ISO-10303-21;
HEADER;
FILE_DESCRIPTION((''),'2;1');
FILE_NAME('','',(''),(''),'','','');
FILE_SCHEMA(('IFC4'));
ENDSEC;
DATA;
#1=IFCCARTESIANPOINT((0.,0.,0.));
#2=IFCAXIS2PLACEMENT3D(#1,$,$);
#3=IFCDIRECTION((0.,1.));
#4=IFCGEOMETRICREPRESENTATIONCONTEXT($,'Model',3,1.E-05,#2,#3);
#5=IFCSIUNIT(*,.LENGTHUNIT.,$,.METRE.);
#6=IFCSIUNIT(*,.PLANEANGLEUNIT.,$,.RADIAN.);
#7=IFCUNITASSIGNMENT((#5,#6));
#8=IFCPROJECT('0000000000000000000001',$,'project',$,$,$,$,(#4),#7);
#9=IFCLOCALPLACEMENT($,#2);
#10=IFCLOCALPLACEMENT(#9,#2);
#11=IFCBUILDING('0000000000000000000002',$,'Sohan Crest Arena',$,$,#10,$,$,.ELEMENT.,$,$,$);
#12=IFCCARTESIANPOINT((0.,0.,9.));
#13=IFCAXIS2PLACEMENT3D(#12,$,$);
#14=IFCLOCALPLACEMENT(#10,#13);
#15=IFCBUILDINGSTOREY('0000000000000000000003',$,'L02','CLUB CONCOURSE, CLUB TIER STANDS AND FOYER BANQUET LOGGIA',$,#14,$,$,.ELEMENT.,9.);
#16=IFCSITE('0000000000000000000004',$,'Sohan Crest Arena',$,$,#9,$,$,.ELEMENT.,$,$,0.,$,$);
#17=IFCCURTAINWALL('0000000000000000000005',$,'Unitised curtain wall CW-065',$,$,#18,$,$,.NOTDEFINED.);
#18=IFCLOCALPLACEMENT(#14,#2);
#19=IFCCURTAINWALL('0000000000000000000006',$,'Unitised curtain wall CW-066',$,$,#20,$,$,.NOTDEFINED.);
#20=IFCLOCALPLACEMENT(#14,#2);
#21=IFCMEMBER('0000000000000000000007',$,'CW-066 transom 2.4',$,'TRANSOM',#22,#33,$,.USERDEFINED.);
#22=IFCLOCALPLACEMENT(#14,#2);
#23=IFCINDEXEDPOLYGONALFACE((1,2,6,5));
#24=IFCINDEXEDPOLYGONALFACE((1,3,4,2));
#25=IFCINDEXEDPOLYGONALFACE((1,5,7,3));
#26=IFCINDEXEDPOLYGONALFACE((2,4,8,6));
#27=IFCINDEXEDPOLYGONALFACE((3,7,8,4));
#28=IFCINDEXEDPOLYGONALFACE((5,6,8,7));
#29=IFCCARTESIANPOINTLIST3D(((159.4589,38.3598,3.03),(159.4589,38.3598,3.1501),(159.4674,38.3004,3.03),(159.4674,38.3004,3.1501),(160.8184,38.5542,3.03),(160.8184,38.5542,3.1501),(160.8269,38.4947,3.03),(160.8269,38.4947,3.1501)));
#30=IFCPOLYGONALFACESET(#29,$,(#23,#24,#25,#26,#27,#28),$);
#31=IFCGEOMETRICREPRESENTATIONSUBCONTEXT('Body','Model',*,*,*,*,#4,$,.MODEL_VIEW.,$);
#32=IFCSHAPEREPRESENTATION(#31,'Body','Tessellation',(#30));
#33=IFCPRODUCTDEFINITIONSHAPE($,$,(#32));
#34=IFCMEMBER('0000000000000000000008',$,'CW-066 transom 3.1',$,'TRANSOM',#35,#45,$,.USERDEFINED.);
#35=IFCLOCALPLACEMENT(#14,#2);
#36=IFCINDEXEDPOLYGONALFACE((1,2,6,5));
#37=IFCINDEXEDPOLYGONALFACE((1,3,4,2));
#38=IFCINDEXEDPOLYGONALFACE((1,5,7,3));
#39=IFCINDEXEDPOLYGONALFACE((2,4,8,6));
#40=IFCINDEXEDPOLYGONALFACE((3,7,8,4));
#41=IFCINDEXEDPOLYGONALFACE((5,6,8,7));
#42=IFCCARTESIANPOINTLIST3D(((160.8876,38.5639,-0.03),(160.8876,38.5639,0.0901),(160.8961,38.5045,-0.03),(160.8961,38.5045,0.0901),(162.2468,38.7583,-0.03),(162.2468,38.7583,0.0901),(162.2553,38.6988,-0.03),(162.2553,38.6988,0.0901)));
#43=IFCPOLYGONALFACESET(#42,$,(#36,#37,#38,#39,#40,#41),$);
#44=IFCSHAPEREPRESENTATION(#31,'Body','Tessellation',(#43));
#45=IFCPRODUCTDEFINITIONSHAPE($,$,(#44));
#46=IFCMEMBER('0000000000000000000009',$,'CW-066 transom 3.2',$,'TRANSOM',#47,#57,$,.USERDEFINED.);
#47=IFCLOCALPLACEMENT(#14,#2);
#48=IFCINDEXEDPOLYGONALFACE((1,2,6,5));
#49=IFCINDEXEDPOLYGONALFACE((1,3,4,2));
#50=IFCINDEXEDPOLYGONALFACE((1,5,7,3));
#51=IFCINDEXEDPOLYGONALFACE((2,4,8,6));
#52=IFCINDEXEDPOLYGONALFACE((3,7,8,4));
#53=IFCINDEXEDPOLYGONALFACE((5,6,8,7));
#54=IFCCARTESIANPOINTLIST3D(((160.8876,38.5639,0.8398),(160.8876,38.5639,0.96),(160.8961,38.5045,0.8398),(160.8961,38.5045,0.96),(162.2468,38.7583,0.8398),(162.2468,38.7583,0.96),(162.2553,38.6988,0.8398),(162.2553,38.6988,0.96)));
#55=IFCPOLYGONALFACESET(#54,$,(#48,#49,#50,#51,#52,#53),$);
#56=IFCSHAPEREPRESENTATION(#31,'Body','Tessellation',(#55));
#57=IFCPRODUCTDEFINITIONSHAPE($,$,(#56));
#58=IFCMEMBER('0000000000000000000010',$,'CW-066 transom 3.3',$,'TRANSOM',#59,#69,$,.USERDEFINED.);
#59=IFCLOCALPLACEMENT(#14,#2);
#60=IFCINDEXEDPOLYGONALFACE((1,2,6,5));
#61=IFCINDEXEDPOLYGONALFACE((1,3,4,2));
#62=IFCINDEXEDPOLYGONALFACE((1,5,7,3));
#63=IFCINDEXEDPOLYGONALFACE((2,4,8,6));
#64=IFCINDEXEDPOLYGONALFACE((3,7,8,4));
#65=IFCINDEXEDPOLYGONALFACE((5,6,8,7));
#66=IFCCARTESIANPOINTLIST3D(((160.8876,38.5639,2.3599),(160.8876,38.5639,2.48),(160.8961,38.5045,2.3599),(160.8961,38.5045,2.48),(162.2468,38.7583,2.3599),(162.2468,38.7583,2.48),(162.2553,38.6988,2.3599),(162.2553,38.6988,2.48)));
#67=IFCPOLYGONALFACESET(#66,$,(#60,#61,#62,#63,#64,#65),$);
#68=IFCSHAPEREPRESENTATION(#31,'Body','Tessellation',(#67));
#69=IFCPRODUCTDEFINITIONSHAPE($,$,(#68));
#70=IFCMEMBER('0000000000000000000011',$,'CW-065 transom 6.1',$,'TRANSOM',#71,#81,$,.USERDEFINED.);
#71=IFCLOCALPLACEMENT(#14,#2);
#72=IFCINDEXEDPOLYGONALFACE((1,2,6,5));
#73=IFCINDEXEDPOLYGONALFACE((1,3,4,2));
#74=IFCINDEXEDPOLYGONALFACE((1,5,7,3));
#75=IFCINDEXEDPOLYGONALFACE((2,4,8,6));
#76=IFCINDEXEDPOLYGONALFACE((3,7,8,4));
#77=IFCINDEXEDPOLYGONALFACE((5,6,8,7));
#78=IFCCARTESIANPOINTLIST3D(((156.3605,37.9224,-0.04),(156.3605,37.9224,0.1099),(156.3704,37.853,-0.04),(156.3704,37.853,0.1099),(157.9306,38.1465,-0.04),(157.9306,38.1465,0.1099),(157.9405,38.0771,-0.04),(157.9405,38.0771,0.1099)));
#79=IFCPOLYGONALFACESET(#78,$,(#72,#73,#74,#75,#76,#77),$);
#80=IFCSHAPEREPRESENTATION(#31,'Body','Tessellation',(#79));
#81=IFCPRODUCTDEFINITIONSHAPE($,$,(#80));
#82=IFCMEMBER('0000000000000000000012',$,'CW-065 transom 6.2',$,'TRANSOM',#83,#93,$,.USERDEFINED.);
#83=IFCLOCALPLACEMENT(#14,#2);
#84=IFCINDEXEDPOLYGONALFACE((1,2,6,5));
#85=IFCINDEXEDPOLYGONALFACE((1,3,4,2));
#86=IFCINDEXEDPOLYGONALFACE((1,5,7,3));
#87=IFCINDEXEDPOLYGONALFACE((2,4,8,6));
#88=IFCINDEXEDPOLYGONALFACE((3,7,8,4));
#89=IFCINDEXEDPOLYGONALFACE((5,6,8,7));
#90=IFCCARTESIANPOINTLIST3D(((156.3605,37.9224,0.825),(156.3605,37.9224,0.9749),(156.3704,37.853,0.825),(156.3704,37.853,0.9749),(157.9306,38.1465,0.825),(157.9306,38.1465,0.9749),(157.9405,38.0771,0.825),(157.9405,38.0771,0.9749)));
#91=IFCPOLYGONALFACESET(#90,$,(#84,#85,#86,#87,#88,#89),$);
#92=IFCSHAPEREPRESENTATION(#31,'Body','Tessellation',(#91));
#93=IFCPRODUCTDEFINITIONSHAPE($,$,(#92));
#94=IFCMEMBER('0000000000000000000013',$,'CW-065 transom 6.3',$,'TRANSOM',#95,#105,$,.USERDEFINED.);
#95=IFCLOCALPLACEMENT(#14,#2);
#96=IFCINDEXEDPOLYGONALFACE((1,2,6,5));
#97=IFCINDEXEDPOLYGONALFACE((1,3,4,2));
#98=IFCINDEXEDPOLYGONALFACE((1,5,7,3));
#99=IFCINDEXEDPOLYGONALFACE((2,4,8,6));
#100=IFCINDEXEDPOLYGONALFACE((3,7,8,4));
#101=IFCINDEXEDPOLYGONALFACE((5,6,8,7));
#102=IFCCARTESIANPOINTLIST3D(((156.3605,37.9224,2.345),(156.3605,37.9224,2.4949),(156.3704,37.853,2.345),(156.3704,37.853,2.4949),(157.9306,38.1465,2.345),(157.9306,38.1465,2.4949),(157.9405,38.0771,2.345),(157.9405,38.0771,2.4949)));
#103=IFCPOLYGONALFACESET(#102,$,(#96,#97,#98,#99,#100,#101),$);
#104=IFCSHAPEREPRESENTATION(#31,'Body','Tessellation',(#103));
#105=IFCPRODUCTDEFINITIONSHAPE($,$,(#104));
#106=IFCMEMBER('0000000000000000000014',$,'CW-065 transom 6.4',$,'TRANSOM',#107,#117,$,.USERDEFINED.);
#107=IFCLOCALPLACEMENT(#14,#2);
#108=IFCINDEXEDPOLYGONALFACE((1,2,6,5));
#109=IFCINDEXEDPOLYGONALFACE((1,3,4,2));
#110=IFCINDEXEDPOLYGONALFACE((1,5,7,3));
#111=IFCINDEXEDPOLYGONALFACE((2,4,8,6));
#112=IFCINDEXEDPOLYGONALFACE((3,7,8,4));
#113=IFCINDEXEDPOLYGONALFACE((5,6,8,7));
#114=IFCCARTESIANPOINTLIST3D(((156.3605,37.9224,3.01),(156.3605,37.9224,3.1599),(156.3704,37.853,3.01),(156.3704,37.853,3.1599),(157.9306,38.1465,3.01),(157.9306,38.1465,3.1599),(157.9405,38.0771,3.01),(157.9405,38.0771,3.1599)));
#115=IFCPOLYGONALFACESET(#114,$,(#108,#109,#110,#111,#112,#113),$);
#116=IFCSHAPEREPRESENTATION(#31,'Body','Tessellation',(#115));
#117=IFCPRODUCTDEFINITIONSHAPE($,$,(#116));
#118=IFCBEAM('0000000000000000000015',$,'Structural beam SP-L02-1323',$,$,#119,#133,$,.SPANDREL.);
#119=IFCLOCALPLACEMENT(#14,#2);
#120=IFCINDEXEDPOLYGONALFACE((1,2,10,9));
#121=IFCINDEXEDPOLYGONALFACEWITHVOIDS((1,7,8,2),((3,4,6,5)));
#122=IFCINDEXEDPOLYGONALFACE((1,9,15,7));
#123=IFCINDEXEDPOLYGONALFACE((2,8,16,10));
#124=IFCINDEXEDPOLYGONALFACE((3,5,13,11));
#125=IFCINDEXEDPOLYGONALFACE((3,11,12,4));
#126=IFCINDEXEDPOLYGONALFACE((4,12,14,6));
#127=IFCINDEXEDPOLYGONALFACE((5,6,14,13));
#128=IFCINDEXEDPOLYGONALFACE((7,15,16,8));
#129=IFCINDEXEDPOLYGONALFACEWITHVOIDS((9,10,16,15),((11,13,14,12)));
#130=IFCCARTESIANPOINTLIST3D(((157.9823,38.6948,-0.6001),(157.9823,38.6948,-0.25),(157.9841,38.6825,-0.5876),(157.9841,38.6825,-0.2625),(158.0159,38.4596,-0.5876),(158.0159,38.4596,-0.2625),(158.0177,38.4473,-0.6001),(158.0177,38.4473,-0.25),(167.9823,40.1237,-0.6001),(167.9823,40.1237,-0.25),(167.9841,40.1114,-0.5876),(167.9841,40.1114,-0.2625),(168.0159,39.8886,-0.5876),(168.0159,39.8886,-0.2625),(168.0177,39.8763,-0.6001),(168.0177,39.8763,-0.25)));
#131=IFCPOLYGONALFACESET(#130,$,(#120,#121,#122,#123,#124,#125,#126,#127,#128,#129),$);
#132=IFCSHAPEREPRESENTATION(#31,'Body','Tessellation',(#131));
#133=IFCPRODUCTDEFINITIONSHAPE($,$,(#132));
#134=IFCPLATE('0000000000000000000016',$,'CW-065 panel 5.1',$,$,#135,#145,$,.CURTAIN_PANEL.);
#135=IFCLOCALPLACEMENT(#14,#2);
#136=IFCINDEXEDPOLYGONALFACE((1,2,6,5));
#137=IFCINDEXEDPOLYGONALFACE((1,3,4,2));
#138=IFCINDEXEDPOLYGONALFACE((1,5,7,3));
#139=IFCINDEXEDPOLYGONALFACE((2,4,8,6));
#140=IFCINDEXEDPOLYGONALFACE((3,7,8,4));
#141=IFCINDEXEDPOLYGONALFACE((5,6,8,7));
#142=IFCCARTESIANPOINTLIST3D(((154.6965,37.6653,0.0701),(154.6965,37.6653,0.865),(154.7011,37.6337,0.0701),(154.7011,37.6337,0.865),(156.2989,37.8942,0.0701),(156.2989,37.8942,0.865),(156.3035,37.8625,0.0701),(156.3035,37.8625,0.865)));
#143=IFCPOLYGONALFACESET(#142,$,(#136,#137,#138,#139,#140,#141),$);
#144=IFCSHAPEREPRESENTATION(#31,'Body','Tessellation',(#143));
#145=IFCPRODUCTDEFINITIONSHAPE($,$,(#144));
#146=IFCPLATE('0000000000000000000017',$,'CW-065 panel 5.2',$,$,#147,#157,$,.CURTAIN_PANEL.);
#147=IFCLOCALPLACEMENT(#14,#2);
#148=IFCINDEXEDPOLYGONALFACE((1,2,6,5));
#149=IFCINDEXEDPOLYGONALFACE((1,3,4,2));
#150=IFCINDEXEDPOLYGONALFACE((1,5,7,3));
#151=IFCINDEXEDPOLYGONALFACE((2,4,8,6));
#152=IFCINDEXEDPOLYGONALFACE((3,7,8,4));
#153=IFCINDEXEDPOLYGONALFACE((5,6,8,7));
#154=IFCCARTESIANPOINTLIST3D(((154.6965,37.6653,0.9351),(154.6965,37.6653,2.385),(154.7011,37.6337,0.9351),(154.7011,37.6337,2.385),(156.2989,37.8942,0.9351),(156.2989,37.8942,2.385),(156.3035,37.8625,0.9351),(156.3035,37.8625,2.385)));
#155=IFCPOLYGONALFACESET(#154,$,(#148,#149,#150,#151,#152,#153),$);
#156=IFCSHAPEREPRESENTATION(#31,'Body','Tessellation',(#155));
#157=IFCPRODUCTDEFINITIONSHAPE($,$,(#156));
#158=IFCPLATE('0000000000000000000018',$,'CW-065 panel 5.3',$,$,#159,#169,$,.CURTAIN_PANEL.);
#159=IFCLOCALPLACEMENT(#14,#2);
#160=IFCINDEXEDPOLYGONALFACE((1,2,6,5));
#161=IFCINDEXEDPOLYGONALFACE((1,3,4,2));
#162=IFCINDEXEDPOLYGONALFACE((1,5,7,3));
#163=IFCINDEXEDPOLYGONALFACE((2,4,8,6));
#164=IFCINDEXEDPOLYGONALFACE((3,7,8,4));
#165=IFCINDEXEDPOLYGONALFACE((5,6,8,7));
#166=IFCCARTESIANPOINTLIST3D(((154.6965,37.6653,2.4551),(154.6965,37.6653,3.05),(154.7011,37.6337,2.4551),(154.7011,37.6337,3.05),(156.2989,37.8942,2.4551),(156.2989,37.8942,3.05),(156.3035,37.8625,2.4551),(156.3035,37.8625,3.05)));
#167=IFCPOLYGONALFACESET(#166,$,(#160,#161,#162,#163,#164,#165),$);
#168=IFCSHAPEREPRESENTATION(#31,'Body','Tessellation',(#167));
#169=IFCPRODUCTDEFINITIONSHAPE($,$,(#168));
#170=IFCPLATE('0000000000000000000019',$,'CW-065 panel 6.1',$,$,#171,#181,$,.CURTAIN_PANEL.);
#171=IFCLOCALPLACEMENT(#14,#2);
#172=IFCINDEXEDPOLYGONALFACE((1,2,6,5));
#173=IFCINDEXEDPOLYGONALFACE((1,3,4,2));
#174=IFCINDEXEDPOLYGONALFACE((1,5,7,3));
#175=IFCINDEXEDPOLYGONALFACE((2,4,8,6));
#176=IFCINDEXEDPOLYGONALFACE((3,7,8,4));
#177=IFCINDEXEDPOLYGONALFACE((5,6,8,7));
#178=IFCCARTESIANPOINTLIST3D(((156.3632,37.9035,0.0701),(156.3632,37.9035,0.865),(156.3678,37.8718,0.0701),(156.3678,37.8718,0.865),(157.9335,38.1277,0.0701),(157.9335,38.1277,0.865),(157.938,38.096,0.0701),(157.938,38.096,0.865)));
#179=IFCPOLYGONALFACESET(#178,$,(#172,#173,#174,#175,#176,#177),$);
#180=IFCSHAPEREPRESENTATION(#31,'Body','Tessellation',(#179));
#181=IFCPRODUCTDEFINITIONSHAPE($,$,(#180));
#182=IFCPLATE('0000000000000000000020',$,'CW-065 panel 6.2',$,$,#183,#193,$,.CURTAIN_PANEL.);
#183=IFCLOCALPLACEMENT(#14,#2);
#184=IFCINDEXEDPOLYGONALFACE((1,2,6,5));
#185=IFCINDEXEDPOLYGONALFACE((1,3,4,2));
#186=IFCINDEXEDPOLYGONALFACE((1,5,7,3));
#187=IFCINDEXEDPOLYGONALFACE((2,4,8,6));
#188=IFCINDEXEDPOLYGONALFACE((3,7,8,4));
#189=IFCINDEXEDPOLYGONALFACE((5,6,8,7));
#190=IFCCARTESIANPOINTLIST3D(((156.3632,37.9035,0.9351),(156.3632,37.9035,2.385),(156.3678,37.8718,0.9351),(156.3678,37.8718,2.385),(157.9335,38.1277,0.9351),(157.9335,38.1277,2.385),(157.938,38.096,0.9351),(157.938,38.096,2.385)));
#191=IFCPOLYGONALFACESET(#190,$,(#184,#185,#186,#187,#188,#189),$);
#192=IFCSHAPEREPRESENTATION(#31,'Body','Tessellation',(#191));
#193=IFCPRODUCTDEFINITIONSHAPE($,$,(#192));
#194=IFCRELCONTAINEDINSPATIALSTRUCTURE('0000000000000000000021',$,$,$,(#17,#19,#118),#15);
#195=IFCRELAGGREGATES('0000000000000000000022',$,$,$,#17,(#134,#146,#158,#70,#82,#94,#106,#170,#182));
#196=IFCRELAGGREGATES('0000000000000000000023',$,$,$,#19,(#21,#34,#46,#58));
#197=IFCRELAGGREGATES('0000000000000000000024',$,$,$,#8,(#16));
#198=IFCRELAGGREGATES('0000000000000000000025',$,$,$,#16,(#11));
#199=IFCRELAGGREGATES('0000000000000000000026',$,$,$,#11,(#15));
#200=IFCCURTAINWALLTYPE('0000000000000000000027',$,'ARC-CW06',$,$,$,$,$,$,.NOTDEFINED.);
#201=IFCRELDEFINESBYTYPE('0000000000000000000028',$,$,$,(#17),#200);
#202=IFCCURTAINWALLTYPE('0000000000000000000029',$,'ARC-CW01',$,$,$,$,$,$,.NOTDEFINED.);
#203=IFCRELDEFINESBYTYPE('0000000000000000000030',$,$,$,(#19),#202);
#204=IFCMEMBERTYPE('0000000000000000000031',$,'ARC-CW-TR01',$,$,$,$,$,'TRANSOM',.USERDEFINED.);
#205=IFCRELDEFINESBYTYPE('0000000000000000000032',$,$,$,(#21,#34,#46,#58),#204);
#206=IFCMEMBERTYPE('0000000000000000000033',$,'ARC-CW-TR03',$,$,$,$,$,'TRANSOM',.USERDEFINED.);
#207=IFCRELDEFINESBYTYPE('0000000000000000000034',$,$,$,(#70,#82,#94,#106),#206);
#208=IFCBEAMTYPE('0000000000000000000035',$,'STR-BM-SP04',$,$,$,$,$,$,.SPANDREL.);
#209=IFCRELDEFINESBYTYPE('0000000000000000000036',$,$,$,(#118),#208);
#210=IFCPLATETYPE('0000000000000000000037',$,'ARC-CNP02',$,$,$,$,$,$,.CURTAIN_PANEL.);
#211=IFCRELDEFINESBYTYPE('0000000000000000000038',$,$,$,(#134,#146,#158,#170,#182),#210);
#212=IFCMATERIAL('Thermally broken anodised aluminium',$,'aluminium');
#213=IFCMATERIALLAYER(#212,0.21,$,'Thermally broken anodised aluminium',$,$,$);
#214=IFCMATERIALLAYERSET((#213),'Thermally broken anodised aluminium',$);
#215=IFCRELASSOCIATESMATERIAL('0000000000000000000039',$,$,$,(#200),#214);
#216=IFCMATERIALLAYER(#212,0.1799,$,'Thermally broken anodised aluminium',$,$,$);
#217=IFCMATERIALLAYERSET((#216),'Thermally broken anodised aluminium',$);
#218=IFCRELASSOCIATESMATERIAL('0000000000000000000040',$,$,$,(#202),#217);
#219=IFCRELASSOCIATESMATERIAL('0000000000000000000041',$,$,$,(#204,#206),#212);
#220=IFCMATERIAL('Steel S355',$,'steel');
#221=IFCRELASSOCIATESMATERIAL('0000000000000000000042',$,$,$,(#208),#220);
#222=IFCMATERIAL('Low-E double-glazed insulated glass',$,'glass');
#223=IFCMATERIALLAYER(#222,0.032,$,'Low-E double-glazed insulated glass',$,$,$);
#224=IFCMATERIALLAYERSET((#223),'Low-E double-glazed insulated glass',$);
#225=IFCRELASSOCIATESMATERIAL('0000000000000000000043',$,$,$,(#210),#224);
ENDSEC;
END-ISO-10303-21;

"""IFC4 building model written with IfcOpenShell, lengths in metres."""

from ifc_helpers import new_model, si_unit, direction, frame, origin, origin_2d, place, context, subcontext, project, spatial, rectangle, hollow_rectangle, extrude, material, layer, layer_set, material_profile, profile_set, type_object, element, aggregate, save


model = new_model("IFC4")

# Units and contexts
model_context = context("Model", 3, precision=1e-05, world=origin(), true_north=direction((0.0, 1.0)))
body_context = subcontext(model_context, "Body", "Model", "MODEL_VIEW")
ifc_project = project(units=[si_unit("LENGTHUNIT", "METRE"), si_unit("PLANEANGLEUNIT", "RADIAN")], contexts=[model_context])

# Site, building, storey
site_placement = place(None, origin())
site = spatial("IfcSite", under=ifc_project, at=site_placement, Name="Sohan Crest Arena", CompositionType="ELEMENT", RefElevation=0.0)
building_placement = place(site_placement, origin())
building = spatial("IfcBuilding", under=site, at=building_placement, Name="Sohan Crest Arena", CompositionType="ELEMENT")
storey_placement = place(building_placement, frame((0.0, 0.0, 9.0)))
storey = spatial("IfcBuildingStorey", under=building, at=storey_placement, Name="L02", Description="CLUB CONCOURSE, CLUB TIER STANDS AND FOYER BANQUET LOGGIA", CompositionType="ELEMENT", Elevation=9.0)

# Shared definitions
ifc_material_1 = material(Name="Steel S355", Category="steel")

# Curtain walls, members
ifc_material_2 = material(Name="Thermally broken anodised aluminium", Category="aluminium")
ifc_layer_1 = layer(ifc_material_2, 0.21, Name="Thermally broken anodised aluminium")
ifc_layer_set_1 = layer_set([ifc_layer_1], Name="Thermally broken anodised aluminium")
curtain_wall_type_1 = type_object("IfcCurtainWallType", Name="ARC-CW06", PredefinedType="NOTDEFINED", material=ifc_layer_set_1)
curtain_wall_1_placement = place(storey_placement, origin())
curtain_wall_1 = element("IfcCurtainWall", 1, at=curtain_wall_1_placement, inside=storey, type_object=curtain_wall_type_1, Name="Unitised curtain wall CW-065", PredefinedType="NOTDEFINED")
ifc_layer_2 = layer(ifc_material_2, 0.1799, Name="Thermally broken anodised aluminium")
ifc_layer_set_2 = layer_set([ifc_layer_2], Name="Thermally broken anodised aluminium")
curtain_wall_type_2 = type_object("IfcCurtainWallType", Name="ARC-CW01", PredefinedType="NOTDEFINED", material=ifc_layer_set_2)
curtain_wall_2_placement = place(storey_placement, origin())
curtain_wall_2 = element("IfcCurtainWall", 2, at=curtain_wall_2_placement, inside=storey, type_object=curtain_wall_type_2, Name="Unitised curtain wall CW-066", PredefinedType="NOTDEFINED")
ifc_material_profile_1 = material_profile(ifc_material_2, rectangle(XDim=0.0601, YDim=0.1201, at=origin_2d()), Name="ALU-TRAN 60x120")
ifc_profile_set_1 = profile_set([ifc_material_profile_1], Name="Thermally broken anodised aluminium")
member_type_1 = type_object("IfcMemberType", Name="ARC-CW-TR01", ElementType="TRANSOM", PredefinedType="USERDEFINED", material=ifc_profile_set_1)
member_1_placement = place(storey_placement, frame((159.4631, 38.3301, 3.0901), z_axis=(0.989935, 0.141521, 0.0), x_axis=(-0.141521, 0.989935, 0.0)))
member_1 = element("IfcMember", 3, at=member_1_placement, type_object=member_type_1, Name="CW-066 transom 2.4", ObjectType="TRANSOM", PredefinedType="USERDEFINED", context=body_context, shape_type="SweptSolid", body=[
    extrude(rectangle(XDim=0.0601, YDim=0.1201, at=origin_2d()), origin(), (0.0, 0.0, 1.0), 1.3733),
])
member_2_placement = place(storey_placement, frame((160.8918, 38.5342, 0.03), z_axis=(0.989932, 0.141546, 0.0), x_axis=(-0.141546, 0.989932, 0.0)))
member_2 = element("IfcMember", 4, at=member_2_placement, type_object=member_type_1, Name="CW-066 transom 3.1", ObjectType="TRANSOM", PredefinedType="USERDEFINED", context=body_context, shape_type="SweptSolid", body=[
    extrude(rectangle(XDim=0.0601, YDim=0.1201, at=origin_2d()), origin(), (0.0, 0.0, 1.0), 1.373),
])
member_3_placement = place(storey_placement, frame((160.8918, 38.5342, 0.8999), z_axis=(0.989932, 0.141546, 0.0), x_axis=(-0.141546, 0.989932, 0.0)))
member_3 = element("IfcMember", 5, at=member_3_placement, type_object=member_type_1, Name="CW-066 transom 3.2", ObjectType="TRANSOM", PredefinedType="USERDEFINED", context=body_context, shape_type="SweptSolid", body=[
    extrude(rectangle(XDim=0.0601, YDim=0.1201, at=origin_2d()), origin(), (0.0, 0.0, 1.0), 1.373),
])
member_4_placement = place(storey_placement, frame((160.8918, 38.5342, 2.4199), z_axis=(0.989932, 0.141546, 0.0), x_axis=(-0.141546, 0.989932, 0.0)))
member_4 = element("IfcMember", 6, at=member_4_placement, type_object=member_type_1, Name="CW-066 transom 3.3", ObjectType="TRANSOM", PredefinedType="USERDEFINED", context=body_context, shape_type="SweptSolid", body=[
    extrude(rectangle(XDim=0.0601, YDim=0.1201, at=origin_2d()), origin(), (0.0, 0.0, 1.0), 1.373),
])

# Members
ifc_material_profile_2 = material_profile(ifc_material_2, rectangle(XDim=0.0701, YDim=0.1499, at=origin_2d()), Name="ALU-TRAN 70x150")
ifc_profile_set_2 = profile_set([ifc_material_profile_2], Name="Thermally broken anodised aluminium")
member_type_2 = type_object("IfcMemberType", Name="ARC-CW-TR03", ElementType="TRANSOM", PredefinedType="USERDEFINED", material=ifc_profile_set_2)
member_5_placement = place(storey_placement, frame((156.3655, 37.8877, 0.0349), z_axis=(0.989965, 0.141314, 0.0), x_axis=(-0.141314, 0.989965, 0.0)))
member_5 = element("IfcMember", 7, at=member_5_placement, type_object=member_type_2, Name="CW-065 transom 6.1", ObjectType="TRANSOM", PredefinedType="USERDEFINED", context=body_context, shape_type="SweptSolid", body=[
    extrude(rectangle(XDim=0.0701, YDim=0.1499, at=origin_2d()), origin(), (0.0, 0.0, 1.0), 1.5859),
])
member_6_placement = place(storey_placement, frame((156.3655, 37.8877, 0.8999), z_axis=(0.989965, 0.141314, 0.0), x_axis=(-0.141314, 0.989965, 0.0)))
member_6 = element("IfcMember", 8, at=member_6_placement, type_object=member_type_2, Name="CW-065 transom 6.2", ObjectType="TRANSOM", PredefinedType="USERDEFINED", context=body_context, shape_type="SweptSolid", body=[
    extrude(rectangle(XDim=0.0701, YDim=0.1499, at=origin_2d()), origin(), (0.0, 0.0, 1.0), 1.5859),
])
member_7_placement = place(storey_placement, frame((156.3655, 37.8877, 2.4199), z_axis=(0.989965, 0.141314, 0.0), x_axis=(-0.141314, 0.989965, 0.0)))
member_7 = element("IfcMember", 9, at=member_7_placement, type_object=member_type_2, Name="CW-065 transom 6.3", ObjectType="TRANSOM", PredefinedType="USERDEFINED", context=body_context, shape_type="SweptSolid", body=[
    extrude(rectangle(XDim=0.0701, YDim=0.1499, at=origin_2d()), origin(), (0.0, 0.0, 1.0), 1.5859),
])
member_8_placement = place(storey_placement, frame((156.3655, 37.8877, 3.085), z_axis=(0.989965, 0.141314, 0.0), x_axis=(-0.141314, 0.989965, 0.0)))
member_8 = element("IfcMember", 10, at=member_8_placement, type_object=member_type_2, Name="CW-065 transom 6.4", ObjectType="TRANSOM", PredefinedType="USERDEFINED", context=body_context, shape_type="SweptSolid", body=[
    extrude(rectangle(XDim=0.0701, YDim=0.1499, at=origin_2d()), origin(), (0.0, 0.0, 1.0), 1.5859),
])

# Beam
ifc_material_profile_3 = material_profile(ifc_material_1, hollow_rectangle(XDim=0.25, YDim=0.3501, WallThickness=0.0125, at=origin_2d()), Name="RHS 350x250x12.5")
ifc_profile_set_3 = profile_set([ifc_material_profile_3], Name="Steel S355")
beam_type = type_object("IfcBeamType", Name="STR-BM-SP04", PredefinedType="SPANDREL", material=ifc_profile_set_3)
beam_placement = place(storey_placement, frame((158.0, 38.571, -0.425), z_axis=(0.989944, 0.141459, 0.0), x_axis=(-0.141459, 0.989944, 0.0)))
element("IfcBeam", 11, at=beam_placement, inside=storey, type_object=beam_type, Name="Structural beam SP-L02-1323", PredefinedType="SPANDREL", context=body_context, shape_type="SweptSolid", body=[
    extrude(hollow_rectangle(XDim=0.25, YDim=0.3501, WallThickness=0.0125, at=origin_2d()), origin(), (0.0, 0.0, 1.0), 10.1016),
])

# Plates
ifc_material_3 = material(Name="Low-E double-glazed insulated glass", Category="glass")
ifc_layer_3 = layer(ifc_material_3, 0.032, Name="Low-E double-glazed insulated glass")
ifc_layer_set_3 = layer_set([ifc_layer_3], Name="Low-E double-glazed insulated glass")
plate_type_1 = type_object("IfcPlateType", Name="ARC-CNP02", PredefinedType="CURTAIN_PANEL", material=ifc_layer_set_3)
plate_1_placement = place(storey_placement, frame((155.5, 37.7639, 0.0701), z_axis=(0.0, 0.0, 1.0), x_axis=(0.989957, 0.141366, 0.0)))
plate_1 = element("IfcPlate", 12, at=plate_1_placement, type_object=plate_type_1, Name="CW-065 panel 5.1", PredefinedType="CURTAIN_PANEL", context=body_context, shape_type="SweptSolid", body=[
    extrude(rectangle(XDim=1.6187, YDim=0.032, at=origin_2d()), origin(), (0.0, 0.0, 1.0), 0.7949),
])
plate_2_placement = place(storey_placement, frame((155.5, 37.7639, 0.9351), z_axis=(0.0, 0.0, 1.0), x_axis=(0.989957, 0.141366, 0.0)))
plate_2 = element("IfcPlate", 13, at=plate_2_placement, type_object=plate_type_1, Name="CW-065 panel 5.2", PredefinedType="CURTAIN_PANEL", context=body_context, shape_type="SweptSolid", body=[
    extrude(rectangle(XDim=1.6187, YDim=0.032, at=origin_2d()), origin(), (0.0, 0.0, 1.0), 1.45),
])
plate_3_placement = place(storey_placement, frame((155.5, 37.7639, 2.4551), z_axis=(0.0, 0.0, 1.0), x_axis=(0.989957, 0.141366, 0.0)))
plate_3 = element("IfcPlate", 14, at=plate_3_placement, type_object=plate_type_1, Name="CW-065 panel 5.3", PredefinedType="CURTAIN_PANEL", context=body_context, shape_type="SweptSolid", body=[
    extrude(rectangle(XDim=1.6187, YDim=0.032, at=origin_2d()), origin(), (0.0, 0.0, 1.0), 0.595),
])
plate_4_placement = place(storey_placement, frame((157.1506, 37.9998, 0.0701), z_axis=(0.0, 0.0, 1.0), x_axis=(0.989957, 0.141366, 0.0)))
plate_4 = element("IfcPlate", 15, at=plate_4_placement, type_object=plate_type_1, Name="CW-065 panel 6.1", PredefinedType="CURTAIN_PANEL", context=body_context, shape_type="SweptSolid", body=[
    extrude(rectangle(XDim=1.5862, YDim=0.032, at=origin_2d()), origin(), (0.0, 0.0, 1.0), 0.7949),
])
plate_5_placement = place(storey_placement, frame((157.1506, 37.9998, 0.9351), z_axis=(0.0, 0.0, 1.0), x_axis=(0.989957, 0.141366, 0.0)))
plate_5 = element("IfcPlate", 16, at=plate_5_placement, type_object=plate_type_1, Name="CW-065 panel 6.2", PredefinedType="CURTAIN_PANEL", context=body_context, shape_type="SweptSolid", body=[
    extrude(rectangle(XDim=1.5862, YDim=0.032, at=origin_2d()), origin(), (0.0, 0.0, 1.0), 1.45),
])
aggregate(curtain_wall_1, [plate_1, plate_2, plate_3, member_5, member_6, member_7, member_8, plate_4, plate_5])
aggregate(curtain_wall_2, [member_1, member_2, member_3, member_4])

save(model, "model.ifc")
